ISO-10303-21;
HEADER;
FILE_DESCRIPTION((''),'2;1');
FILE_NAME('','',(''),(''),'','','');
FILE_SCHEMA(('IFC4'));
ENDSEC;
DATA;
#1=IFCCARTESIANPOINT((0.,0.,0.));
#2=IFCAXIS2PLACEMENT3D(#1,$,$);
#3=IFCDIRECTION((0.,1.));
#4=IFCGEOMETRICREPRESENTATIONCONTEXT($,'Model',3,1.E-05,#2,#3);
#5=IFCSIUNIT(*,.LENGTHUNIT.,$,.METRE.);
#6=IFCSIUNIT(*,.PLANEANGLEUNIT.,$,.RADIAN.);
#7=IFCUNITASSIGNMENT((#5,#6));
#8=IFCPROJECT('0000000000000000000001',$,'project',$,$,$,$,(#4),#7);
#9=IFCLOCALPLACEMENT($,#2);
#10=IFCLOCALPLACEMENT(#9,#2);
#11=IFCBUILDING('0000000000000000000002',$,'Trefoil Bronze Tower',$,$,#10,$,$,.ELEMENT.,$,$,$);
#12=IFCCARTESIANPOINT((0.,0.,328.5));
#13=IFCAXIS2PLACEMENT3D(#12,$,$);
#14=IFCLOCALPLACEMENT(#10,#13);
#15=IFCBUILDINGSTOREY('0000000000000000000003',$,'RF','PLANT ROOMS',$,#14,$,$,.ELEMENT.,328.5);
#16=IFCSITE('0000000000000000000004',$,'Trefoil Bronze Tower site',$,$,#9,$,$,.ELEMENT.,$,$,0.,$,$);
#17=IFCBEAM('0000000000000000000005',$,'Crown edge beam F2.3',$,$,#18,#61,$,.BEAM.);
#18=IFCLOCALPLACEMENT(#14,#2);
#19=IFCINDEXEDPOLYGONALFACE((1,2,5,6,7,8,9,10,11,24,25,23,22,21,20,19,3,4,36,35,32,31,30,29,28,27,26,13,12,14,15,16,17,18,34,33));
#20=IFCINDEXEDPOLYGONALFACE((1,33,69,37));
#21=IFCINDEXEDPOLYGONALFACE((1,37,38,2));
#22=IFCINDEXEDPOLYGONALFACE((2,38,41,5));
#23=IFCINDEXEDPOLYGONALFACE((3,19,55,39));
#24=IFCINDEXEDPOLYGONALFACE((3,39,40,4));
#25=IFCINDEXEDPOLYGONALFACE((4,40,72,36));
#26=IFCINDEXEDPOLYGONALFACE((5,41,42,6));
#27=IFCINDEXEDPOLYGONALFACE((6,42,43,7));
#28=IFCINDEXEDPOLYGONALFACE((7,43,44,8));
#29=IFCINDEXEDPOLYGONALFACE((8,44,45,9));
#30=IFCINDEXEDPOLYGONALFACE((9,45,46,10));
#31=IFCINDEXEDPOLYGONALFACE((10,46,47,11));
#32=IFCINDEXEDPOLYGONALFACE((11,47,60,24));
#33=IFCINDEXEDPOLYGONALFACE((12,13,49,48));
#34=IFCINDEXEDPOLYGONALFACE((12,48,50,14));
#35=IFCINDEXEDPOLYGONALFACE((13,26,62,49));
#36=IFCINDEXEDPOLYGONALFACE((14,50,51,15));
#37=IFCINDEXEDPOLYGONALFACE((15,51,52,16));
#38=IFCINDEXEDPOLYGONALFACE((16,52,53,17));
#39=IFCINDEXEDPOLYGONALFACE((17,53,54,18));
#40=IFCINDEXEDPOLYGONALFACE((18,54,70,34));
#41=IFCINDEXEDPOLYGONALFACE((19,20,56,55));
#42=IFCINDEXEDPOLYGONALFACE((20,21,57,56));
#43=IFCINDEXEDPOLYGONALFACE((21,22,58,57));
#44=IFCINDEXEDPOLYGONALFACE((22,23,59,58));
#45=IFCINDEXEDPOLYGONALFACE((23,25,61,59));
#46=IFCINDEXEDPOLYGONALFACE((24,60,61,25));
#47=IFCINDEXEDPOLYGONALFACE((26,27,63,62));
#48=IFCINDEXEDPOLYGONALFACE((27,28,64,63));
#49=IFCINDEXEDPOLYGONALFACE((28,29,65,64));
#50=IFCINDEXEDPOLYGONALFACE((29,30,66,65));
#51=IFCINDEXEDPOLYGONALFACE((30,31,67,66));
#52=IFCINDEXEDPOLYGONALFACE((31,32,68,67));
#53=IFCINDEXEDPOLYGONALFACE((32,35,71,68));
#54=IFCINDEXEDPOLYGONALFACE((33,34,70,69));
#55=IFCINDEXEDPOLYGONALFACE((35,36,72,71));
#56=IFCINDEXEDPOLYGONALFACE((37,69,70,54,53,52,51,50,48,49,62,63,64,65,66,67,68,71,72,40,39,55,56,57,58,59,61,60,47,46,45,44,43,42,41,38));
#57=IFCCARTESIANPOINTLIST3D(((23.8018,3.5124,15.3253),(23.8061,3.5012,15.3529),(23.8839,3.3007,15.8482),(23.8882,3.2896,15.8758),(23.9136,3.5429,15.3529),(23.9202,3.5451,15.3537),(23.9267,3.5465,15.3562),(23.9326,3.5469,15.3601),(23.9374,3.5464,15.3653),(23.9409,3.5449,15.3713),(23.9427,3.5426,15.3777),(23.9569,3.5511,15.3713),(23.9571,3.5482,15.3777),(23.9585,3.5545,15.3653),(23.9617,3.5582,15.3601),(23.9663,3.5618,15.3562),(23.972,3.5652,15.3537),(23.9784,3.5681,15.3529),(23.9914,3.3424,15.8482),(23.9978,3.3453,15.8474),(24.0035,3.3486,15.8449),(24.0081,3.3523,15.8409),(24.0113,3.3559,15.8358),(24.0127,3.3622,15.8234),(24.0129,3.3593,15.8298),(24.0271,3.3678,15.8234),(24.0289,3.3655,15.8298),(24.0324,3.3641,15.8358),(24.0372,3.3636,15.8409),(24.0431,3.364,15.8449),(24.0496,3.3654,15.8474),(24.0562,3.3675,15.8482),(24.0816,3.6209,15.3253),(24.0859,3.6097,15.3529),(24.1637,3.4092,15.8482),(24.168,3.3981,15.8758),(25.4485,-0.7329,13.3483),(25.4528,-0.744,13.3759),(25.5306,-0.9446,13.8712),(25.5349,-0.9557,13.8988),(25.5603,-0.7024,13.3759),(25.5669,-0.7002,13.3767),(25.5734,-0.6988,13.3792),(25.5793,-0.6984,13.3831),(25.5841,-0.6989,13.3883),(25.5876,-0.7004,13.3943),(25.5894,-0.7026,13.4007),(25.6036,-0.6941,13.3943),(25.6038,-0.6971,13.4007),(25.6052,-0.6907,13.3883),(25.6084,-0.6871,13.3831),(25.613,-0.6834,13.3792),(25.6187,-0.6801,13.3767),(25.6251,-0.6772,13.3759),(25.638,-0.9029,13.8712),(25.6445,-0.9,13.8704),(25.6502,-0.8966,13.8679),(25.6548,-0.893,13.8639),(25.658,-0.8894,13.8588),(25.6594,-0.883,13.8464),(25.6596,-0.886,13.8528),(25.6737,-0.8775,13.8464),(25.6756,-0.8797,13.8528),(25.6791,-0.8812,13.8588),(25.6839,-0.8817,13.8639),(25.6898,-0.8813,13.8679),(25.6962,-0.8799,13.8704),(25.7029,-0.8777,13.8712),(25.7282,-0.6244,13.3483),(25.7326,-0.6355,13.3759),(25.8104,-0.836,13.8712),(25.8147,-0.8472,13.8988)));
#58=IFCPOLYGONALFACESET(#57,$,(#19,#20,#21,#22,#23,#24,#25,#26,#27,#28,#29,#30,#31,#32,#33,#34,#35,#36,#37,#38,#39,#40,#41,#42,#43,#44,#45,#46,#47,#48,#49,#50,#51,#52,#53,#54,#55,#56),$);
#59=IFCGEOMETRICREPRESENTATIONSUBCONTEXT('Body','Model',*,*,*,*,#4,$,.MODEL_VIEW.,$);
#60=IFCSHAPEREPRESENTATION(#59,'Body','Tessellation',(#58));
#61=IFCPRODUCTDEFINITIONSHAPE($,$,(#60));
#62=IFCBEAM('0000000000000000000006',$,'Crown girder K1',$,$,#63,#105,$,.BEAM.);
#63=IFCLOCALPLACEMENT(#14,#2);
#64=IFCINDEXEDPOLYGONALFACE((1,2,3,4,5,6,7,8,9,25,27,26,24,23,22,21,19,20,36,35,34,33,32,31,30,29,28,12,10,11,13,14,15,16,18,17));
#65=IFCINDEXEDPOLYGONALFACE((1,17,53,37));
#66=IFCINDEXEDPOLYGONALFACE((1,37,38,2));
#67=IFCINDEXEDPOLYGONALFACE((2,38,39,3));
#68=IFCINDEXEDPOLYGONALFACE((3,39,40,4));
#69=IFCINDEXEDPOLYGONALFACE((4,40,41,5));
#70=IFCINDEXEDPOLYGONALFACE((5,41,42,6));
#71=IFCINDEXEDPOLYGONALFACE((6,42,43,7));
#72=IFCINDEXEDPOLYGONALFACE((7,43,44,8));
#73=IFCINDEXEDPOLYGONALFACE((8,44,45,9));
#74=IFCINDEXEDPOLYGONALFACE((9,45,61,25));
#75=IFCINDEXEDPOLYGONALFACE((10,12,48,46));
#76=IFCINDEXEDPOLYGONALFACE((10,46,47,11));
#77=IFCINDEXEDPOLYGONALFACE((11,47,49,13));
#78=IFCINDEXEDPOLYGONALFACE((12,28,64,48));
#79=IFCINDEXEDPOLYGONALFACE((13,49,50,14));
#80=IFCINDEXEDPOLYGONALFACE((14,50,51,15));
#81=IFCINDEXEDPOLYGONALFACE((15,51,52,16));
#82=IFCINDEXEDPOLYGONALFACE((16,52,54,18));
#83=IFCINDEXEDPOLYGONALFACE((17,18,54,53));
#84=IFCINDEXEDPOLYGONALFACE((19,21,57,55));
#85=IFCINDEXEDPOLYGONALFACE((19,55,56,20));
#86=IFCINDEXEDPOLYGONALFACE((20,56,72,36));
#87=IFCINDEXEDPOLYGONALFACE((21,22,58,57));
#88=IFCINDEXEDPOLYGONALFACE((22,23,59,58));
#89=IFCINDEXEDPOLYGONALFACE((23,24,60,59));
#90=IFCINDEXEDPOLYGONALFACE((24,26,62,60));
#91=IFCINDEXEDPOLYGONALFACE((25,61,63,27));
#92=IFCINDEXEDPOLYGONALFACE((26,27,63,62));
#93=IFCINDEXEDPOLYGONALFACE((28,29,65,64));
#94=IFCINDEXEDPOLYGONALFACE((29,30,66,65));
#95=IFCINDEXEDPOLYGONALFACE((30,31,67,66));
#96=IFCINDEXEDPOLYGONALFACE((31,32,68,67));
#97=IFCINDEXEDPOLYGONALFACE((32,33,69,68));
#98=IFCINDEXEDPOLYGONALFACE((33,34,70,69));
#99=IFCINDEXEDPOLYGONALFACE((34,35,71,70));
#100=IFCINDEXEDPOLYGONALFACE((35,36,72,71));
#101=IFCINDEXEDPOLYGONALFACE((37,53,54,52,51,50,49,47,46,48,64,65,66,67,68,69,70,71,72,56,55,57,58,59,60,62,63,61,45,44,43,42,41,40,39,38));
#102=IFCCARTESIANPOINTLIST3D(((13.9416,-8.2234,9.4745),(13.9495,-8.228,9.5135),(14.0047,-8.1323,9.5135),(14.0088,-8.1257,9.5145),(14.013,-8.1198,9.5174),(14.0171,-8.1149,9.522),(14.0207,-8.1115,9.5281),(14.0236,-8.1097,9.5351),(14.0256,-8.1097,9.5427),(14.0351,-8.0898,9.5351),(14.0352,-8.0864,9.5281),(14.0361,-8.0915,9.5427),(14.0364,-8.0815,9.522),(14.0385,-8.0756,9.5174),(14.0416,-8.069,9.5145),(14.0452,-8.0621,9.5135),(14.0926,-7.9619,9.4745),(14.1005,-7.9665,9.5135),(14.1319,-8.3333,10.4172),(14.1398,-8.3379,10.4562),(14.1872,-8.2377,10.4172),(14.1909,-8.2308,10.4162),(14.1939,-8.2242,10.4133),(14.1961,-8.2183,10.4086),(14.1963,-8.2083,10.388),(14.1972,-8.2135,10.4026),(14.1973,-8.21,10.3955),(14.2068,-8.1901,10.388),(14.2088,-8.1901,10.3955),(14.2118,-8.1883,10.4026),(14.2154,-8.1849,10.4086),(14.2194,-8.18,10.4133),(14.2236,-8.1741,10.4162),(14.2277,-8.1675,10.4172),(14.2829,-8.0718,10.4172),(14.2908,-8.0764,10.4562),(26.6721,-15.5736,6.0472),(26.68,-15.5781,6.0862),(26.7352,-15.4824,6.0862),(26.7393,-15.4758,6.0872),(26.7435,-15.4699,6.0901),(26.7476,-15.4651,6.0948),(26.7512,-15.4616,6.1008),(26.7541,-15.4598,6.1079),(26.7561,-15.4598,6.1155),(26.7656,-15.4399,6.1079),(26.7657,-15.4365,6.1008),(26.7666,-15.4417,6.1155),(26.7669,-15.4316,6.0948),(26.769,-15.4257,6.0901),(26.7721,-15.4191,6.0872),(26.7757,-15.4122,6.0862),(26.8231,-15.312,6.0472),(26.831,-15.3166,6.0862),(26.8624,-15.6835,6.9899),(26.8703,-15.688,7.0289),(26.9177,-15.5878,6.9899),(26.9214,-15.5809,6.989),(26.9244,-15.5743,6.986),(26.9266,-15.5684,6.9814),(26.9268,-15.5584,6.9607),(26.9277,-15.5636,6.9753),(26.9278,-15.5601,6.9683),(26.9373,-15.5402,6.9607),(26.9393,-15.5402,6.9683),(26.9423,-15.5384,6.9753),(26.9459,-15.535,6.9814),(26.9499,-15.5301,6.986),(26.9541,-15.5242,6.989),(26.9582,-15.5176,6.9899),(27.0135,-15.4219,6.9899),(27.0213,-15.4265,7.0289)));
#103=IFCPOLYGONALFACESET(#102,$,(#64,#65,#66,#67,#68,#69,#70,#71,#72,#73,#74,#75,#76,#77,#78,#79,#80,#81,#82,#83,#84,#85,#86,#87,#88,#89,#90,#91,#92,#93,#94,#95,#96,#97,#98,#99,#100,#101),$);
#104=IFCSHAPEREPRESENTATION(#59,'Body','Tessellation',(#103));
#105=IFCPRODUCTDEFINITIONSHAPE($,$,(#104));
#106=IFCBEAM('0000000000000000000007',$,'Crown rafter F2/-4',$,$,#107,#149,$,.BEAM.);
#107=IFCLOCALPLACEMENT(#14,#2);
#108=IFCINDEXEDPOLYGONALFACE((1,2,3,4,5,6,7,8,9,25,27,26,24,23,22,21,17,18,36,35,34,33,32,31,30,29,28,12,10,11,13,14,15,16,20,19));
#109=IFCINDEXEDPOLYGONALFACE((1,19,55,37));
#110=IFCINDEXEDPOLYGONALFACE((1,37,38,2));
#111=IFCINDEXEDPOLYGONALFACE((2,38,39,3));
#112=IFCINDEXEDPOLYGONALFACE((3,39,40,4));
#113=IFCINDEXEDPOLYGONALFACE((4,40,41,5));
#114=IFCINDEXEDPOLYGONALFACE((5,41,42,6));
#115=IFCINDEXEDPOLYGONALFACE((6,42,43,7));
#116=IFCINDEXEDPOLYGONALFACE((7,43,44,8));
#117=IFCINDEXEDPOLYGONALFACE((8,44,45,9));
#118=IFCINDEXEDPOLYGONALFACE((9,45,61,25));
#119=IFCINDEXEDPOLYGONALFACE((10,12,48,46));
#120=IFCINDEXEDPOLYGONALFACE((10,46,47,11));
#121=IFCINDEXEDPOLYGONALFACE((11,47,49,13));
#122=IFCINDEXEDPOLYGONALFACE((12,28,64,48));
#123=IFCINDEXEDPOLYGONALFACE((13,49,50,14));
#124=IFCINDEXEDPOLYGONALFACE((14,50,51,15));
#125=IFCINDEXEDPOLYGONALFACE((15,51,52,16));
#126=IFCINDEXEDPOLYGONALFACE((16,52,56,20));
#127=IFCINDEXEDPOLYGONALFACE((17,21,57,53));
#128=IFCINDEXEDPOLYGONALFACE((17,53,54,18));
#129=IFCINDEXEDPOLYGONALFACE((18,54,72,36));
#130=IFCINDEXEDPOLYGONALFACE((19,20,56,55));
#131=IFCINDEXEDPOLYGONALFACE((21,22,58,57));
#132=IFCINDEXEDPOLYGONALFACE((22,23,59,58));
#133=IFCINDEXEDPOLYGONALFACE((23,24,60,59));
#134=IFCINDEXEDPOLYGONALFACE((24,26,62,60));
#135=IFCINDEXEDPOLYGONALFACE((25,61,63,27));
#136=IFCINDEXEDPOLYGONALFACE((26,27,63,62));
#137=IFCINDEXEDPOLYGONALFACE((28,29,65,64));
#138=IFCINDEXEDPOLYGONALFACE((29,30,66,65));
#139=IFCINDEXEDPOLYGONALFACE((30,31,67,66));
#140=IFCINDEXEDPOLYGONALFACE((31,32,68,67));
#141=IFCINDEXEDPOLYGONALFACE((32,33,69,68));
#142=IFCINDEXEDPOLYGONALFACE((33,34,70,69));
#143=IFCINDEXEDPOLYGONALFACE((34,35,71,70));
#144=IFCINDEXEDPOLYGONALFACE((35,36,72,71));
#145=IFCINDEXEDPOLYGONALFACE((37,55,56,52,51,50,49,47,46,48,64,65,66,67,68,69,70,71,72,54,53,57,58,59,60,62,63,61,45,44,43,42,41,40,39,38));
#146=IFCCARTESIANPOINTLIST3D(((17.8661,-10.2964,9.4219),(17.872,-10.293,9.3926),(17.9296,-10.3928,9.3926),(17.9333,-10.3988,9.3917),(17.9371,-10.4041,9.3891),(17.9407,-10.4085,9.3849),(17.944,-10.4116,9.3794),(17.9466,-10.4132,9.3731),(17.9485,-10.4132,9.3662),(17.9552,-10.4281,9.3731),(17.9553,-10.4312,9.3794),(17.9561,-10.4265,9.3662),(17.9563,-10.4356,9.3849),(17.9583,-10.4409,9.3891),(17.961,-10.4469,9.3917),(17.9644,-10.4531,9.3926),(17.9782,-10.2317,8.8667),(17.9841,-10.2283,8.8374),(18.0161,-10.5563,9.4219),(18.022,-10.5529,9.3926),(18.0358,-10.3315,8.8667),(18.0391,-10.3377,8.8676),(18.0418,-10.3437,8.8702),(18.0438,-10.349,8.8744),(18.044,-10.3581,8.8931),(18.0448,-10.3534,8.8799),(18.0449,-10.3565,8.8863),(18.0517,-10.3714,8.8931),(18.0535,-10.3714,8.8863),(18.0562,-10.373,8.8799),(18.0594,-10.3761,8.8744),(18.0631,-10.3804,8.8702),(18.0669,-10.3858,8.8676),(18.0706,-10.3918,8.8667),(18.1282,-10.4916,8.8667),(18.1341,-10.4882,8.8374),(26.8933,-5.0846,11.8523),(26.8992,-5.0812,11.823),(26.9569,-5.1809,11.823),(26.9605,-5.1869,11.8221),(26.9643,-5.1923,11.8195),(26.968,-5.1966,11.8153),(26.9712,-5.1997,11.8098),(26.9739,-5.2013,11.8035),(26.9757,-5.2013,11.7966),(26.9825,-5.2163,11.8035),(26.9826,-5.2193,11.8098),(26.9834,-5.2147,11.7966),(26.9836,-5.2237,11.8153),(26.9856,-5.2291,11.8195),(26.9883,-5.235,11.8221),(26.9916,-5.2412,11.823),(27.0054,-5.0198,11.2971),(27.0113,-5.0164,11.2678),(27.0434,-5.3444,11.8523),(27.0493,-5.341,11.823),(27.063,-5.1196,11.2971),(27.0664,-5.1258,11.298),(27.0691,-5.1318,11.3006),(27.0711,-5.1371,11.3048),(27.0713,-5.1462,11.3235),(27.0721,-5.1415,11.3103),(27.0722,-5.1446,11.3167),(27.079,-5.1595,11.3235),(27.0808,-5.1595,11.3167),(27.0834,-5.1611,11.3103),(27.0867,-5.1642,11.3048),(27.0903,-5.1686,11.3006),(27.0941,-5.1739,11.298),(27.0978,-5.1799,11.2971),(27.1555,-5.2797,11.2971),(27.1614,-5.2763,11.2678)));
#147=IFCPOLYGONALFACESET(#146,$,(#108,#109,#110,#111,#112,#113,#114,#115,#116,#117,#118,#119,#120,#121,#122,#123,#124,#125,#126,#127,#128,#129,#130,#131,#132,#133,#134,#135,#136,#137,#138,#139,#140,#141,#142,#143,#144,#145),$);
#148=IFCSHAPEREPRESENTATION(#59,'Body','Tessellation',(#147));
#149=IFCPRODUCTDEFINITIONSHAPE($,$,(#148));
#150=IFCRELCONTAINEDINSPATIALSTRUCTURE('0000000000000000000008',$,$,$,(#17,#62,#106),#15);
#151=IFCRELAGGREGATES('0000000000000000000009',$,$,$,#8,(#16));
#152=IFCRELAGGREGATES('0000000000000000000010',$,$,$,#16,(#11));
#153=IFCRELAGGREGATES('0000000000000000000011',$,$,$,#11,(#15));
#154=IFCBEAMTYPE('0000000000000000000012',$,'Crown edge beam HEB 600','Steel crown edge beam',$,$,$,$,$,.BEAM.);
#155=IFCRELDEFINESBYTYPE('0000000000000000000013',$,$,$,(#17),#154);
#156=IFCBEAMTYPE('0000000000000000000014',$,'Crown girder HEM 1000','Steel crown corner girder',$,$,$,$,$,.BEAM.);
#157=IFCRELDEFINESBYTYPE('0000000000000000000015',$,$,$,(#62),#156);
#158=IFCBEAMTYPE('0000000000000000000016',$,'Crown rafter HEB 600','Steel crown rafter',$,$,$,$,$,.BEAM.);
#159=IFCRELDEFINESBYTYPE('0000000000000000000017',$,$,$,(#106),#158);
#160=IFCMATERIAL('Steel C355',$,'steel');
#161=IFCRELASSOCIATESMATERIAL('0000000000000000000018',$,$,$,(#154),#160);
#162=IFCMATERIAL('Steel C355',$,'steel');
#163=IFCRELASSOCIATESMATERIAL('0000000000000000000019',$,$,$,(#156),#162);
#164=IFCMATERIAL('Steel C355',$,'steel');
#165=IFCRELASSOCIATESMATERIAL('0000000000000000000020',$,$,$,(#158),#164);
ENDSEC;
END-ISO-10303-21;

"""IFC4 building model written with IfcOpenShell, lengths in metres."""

from ifc_helpers import new_model, si_unit, direction, frame, origin, origin_2d, place, context, subcontext, project, spatial, i_section, extrude, material, material_profile, profile_set, type_object, element, save


model = new_model("IFC4")

# Units and contexts
model_context = context("Model", 3, precision=1e-05, world=origin(), true_north=direction((0.0, 1.0)))
body_context = subcontext(model_context, "Body", "Model", "MODEL_VIEW")
ifc_project = project(units=[si_unit("LENGTHUNIT", "METRE"), si_unit("PLANEANGLEUNIT", "RADIAN")], contexts=[model_context])

# Site, building, storey
site_placement = place(None, origin())
site = spatial("IfcSite", under=ifc_project, at=site_placement, Name="Trefoil Bronze Tower site", CompositionType="ELEMENT", RefElevation=0.0)
building_placement = place(site_placement, origin())
building = spatial("IfcBuilding", under=site, at=building_placement, Name="Trefoil Bronze Tower", CompositionType="ELEMENT")
storey_placement = place(building_placement, frame((0.0, 0.0, 328.5)))
storey = spatial("IfcBuildingStorey", under=building, at=storey_placement, Name="RF", Description="PLANT ROOMS", CompositionType="ELEMENT", Elevation=328.5)

# Beams
ifc_material_1 = material(Name="Steel C355", Category="steel")
ifc_material_profile_1 = material_profile(ifc_material_1, i_section(OverallWidth=0.3, OverallDepth=0.6001, WebThickness=0.0154, FlangeThickness=0.03, FilletRadius=0.0271, at=origin_2d()), Name="HEB 600")
ifc_profile_set_1 = profile_set([ifc_material_profile_1], Name="Steel C355")
beam_type_1 = type_object("IfcBeamType", Name="Crown edge beam HEB 600", Description="Steel crown edge beam", PredefinedType="BEAM", material=ifc_profile_set_1)
beam_1_placement = place(storey_placement, frame((25.6316, -0.79, 13.6235), z_axis=(-0.331719, 0.855191, 0.39826), x_axis=(-0.932319, -0.361636, 0.0)))
element("IfcBeam", 1, at=beam_1_placement, inside=storey, type_object=beam_type_1, Name="Crown edge beam F2.3", PredefinedType="BEAM", context=body_context, shape_type="SweptSolid", body=[
    extrude(i_section(OverallWidth=0.3, OverallDepth=0.6001, WebThickness=0.0154, FlangeThickness=0.03, FilletRadius=0.0271, at=origin_2d()), origin(), (0.0, 0.0, 1.0), 4.9641),
])
ifc_material_2 = material(Name="Steel C355", Category="steel")
ifc_material_profile_2 = material_profile(ifc_material_2, i_section(OverallWidth=0.302, OverallDepth=1.0081, WebThickness=0.021, FlangeThickness=0.04, FilletRadius=0.03, at=origin_2d()), Name="HEM 1000")
ifc_profile_set_2 = profile_set([ifc_material_profile_2], Name="Steel C355")
beam_type_2 = type_object("IfcBeamType", Name="Crown girder HEM 1000", Description="Steel crown corner girder", PredefinedType="BEAM", material=ifc_profile_set_2)
beam_2_placement = place(storey_placement, frame((14.1162, -8.1499, 9.9653), z_axis=(0.843402, -0.486949, -0.227057), x_axis=(0.500008, 0.866021, 0.0)))
element("IfcBeam", 2, at=beam_2_placement, inside=storey, type_object=beam_type_2, Name="Crown girder K1", PredefinedType="BEAM", context=body_context, shape_type="SweptSolid", body=[
    extrude(i_section(OverallWidth=0.302, OverallDepth=1.0081, WebThickness=0.021, FlangeThickness=0.04, FilletRadius=0.03, at=origin_2d()), origin(), (0.0, 0.0, 1.0), 15.0942),
])
ifc_material_3 = material(Name="Steel C355", Category="steel")
ifc_material_profile_3 = material_profile(ifc_material_3, i_section(OverallWidth=0.3, OverallDepth=0.6001, WebThickness=0.0154, FlangeThickness=0.03, FilletRadius=0.0271, at=origin_2d()), Name="HEB 600")
ifc_profile_set_3 = profile_set([ifc_material_profile_3], Name="Steel C355")
beam_type_3 = type_object("IfcBeamType", Name="Crown rafter HEB 600", Description="Steel crown rafter", PredefinedType="BEAM", material=ifc_profile_set_3)
beam_3_placement = place(storey_placement, frame((27.0273, -5.1804, 11.5601), z_axis=(-0.843405, -0.486938, -0.227069), x_axis=(0.499998, -0.866026, 0.0)))
element("IfcBeam", 3, at=beam_3_placement, inside=storey, type_object=beam_type_3, Name="Crown rafter F2/-4", PredefinedType="BEAM", context=body_context, shape_type="SweptSolid", body=[
    extrude(i_section(OverallWidth=0.3, OverallDepth=0.6001, WebThickness=0.0154, FlangeThickness=0.03, FilletRadius=0.0271, at=origin_2d()), origin(), (0.0, 0.0, 1.0), 10.7034),
])

save(model, "model.ifc")
